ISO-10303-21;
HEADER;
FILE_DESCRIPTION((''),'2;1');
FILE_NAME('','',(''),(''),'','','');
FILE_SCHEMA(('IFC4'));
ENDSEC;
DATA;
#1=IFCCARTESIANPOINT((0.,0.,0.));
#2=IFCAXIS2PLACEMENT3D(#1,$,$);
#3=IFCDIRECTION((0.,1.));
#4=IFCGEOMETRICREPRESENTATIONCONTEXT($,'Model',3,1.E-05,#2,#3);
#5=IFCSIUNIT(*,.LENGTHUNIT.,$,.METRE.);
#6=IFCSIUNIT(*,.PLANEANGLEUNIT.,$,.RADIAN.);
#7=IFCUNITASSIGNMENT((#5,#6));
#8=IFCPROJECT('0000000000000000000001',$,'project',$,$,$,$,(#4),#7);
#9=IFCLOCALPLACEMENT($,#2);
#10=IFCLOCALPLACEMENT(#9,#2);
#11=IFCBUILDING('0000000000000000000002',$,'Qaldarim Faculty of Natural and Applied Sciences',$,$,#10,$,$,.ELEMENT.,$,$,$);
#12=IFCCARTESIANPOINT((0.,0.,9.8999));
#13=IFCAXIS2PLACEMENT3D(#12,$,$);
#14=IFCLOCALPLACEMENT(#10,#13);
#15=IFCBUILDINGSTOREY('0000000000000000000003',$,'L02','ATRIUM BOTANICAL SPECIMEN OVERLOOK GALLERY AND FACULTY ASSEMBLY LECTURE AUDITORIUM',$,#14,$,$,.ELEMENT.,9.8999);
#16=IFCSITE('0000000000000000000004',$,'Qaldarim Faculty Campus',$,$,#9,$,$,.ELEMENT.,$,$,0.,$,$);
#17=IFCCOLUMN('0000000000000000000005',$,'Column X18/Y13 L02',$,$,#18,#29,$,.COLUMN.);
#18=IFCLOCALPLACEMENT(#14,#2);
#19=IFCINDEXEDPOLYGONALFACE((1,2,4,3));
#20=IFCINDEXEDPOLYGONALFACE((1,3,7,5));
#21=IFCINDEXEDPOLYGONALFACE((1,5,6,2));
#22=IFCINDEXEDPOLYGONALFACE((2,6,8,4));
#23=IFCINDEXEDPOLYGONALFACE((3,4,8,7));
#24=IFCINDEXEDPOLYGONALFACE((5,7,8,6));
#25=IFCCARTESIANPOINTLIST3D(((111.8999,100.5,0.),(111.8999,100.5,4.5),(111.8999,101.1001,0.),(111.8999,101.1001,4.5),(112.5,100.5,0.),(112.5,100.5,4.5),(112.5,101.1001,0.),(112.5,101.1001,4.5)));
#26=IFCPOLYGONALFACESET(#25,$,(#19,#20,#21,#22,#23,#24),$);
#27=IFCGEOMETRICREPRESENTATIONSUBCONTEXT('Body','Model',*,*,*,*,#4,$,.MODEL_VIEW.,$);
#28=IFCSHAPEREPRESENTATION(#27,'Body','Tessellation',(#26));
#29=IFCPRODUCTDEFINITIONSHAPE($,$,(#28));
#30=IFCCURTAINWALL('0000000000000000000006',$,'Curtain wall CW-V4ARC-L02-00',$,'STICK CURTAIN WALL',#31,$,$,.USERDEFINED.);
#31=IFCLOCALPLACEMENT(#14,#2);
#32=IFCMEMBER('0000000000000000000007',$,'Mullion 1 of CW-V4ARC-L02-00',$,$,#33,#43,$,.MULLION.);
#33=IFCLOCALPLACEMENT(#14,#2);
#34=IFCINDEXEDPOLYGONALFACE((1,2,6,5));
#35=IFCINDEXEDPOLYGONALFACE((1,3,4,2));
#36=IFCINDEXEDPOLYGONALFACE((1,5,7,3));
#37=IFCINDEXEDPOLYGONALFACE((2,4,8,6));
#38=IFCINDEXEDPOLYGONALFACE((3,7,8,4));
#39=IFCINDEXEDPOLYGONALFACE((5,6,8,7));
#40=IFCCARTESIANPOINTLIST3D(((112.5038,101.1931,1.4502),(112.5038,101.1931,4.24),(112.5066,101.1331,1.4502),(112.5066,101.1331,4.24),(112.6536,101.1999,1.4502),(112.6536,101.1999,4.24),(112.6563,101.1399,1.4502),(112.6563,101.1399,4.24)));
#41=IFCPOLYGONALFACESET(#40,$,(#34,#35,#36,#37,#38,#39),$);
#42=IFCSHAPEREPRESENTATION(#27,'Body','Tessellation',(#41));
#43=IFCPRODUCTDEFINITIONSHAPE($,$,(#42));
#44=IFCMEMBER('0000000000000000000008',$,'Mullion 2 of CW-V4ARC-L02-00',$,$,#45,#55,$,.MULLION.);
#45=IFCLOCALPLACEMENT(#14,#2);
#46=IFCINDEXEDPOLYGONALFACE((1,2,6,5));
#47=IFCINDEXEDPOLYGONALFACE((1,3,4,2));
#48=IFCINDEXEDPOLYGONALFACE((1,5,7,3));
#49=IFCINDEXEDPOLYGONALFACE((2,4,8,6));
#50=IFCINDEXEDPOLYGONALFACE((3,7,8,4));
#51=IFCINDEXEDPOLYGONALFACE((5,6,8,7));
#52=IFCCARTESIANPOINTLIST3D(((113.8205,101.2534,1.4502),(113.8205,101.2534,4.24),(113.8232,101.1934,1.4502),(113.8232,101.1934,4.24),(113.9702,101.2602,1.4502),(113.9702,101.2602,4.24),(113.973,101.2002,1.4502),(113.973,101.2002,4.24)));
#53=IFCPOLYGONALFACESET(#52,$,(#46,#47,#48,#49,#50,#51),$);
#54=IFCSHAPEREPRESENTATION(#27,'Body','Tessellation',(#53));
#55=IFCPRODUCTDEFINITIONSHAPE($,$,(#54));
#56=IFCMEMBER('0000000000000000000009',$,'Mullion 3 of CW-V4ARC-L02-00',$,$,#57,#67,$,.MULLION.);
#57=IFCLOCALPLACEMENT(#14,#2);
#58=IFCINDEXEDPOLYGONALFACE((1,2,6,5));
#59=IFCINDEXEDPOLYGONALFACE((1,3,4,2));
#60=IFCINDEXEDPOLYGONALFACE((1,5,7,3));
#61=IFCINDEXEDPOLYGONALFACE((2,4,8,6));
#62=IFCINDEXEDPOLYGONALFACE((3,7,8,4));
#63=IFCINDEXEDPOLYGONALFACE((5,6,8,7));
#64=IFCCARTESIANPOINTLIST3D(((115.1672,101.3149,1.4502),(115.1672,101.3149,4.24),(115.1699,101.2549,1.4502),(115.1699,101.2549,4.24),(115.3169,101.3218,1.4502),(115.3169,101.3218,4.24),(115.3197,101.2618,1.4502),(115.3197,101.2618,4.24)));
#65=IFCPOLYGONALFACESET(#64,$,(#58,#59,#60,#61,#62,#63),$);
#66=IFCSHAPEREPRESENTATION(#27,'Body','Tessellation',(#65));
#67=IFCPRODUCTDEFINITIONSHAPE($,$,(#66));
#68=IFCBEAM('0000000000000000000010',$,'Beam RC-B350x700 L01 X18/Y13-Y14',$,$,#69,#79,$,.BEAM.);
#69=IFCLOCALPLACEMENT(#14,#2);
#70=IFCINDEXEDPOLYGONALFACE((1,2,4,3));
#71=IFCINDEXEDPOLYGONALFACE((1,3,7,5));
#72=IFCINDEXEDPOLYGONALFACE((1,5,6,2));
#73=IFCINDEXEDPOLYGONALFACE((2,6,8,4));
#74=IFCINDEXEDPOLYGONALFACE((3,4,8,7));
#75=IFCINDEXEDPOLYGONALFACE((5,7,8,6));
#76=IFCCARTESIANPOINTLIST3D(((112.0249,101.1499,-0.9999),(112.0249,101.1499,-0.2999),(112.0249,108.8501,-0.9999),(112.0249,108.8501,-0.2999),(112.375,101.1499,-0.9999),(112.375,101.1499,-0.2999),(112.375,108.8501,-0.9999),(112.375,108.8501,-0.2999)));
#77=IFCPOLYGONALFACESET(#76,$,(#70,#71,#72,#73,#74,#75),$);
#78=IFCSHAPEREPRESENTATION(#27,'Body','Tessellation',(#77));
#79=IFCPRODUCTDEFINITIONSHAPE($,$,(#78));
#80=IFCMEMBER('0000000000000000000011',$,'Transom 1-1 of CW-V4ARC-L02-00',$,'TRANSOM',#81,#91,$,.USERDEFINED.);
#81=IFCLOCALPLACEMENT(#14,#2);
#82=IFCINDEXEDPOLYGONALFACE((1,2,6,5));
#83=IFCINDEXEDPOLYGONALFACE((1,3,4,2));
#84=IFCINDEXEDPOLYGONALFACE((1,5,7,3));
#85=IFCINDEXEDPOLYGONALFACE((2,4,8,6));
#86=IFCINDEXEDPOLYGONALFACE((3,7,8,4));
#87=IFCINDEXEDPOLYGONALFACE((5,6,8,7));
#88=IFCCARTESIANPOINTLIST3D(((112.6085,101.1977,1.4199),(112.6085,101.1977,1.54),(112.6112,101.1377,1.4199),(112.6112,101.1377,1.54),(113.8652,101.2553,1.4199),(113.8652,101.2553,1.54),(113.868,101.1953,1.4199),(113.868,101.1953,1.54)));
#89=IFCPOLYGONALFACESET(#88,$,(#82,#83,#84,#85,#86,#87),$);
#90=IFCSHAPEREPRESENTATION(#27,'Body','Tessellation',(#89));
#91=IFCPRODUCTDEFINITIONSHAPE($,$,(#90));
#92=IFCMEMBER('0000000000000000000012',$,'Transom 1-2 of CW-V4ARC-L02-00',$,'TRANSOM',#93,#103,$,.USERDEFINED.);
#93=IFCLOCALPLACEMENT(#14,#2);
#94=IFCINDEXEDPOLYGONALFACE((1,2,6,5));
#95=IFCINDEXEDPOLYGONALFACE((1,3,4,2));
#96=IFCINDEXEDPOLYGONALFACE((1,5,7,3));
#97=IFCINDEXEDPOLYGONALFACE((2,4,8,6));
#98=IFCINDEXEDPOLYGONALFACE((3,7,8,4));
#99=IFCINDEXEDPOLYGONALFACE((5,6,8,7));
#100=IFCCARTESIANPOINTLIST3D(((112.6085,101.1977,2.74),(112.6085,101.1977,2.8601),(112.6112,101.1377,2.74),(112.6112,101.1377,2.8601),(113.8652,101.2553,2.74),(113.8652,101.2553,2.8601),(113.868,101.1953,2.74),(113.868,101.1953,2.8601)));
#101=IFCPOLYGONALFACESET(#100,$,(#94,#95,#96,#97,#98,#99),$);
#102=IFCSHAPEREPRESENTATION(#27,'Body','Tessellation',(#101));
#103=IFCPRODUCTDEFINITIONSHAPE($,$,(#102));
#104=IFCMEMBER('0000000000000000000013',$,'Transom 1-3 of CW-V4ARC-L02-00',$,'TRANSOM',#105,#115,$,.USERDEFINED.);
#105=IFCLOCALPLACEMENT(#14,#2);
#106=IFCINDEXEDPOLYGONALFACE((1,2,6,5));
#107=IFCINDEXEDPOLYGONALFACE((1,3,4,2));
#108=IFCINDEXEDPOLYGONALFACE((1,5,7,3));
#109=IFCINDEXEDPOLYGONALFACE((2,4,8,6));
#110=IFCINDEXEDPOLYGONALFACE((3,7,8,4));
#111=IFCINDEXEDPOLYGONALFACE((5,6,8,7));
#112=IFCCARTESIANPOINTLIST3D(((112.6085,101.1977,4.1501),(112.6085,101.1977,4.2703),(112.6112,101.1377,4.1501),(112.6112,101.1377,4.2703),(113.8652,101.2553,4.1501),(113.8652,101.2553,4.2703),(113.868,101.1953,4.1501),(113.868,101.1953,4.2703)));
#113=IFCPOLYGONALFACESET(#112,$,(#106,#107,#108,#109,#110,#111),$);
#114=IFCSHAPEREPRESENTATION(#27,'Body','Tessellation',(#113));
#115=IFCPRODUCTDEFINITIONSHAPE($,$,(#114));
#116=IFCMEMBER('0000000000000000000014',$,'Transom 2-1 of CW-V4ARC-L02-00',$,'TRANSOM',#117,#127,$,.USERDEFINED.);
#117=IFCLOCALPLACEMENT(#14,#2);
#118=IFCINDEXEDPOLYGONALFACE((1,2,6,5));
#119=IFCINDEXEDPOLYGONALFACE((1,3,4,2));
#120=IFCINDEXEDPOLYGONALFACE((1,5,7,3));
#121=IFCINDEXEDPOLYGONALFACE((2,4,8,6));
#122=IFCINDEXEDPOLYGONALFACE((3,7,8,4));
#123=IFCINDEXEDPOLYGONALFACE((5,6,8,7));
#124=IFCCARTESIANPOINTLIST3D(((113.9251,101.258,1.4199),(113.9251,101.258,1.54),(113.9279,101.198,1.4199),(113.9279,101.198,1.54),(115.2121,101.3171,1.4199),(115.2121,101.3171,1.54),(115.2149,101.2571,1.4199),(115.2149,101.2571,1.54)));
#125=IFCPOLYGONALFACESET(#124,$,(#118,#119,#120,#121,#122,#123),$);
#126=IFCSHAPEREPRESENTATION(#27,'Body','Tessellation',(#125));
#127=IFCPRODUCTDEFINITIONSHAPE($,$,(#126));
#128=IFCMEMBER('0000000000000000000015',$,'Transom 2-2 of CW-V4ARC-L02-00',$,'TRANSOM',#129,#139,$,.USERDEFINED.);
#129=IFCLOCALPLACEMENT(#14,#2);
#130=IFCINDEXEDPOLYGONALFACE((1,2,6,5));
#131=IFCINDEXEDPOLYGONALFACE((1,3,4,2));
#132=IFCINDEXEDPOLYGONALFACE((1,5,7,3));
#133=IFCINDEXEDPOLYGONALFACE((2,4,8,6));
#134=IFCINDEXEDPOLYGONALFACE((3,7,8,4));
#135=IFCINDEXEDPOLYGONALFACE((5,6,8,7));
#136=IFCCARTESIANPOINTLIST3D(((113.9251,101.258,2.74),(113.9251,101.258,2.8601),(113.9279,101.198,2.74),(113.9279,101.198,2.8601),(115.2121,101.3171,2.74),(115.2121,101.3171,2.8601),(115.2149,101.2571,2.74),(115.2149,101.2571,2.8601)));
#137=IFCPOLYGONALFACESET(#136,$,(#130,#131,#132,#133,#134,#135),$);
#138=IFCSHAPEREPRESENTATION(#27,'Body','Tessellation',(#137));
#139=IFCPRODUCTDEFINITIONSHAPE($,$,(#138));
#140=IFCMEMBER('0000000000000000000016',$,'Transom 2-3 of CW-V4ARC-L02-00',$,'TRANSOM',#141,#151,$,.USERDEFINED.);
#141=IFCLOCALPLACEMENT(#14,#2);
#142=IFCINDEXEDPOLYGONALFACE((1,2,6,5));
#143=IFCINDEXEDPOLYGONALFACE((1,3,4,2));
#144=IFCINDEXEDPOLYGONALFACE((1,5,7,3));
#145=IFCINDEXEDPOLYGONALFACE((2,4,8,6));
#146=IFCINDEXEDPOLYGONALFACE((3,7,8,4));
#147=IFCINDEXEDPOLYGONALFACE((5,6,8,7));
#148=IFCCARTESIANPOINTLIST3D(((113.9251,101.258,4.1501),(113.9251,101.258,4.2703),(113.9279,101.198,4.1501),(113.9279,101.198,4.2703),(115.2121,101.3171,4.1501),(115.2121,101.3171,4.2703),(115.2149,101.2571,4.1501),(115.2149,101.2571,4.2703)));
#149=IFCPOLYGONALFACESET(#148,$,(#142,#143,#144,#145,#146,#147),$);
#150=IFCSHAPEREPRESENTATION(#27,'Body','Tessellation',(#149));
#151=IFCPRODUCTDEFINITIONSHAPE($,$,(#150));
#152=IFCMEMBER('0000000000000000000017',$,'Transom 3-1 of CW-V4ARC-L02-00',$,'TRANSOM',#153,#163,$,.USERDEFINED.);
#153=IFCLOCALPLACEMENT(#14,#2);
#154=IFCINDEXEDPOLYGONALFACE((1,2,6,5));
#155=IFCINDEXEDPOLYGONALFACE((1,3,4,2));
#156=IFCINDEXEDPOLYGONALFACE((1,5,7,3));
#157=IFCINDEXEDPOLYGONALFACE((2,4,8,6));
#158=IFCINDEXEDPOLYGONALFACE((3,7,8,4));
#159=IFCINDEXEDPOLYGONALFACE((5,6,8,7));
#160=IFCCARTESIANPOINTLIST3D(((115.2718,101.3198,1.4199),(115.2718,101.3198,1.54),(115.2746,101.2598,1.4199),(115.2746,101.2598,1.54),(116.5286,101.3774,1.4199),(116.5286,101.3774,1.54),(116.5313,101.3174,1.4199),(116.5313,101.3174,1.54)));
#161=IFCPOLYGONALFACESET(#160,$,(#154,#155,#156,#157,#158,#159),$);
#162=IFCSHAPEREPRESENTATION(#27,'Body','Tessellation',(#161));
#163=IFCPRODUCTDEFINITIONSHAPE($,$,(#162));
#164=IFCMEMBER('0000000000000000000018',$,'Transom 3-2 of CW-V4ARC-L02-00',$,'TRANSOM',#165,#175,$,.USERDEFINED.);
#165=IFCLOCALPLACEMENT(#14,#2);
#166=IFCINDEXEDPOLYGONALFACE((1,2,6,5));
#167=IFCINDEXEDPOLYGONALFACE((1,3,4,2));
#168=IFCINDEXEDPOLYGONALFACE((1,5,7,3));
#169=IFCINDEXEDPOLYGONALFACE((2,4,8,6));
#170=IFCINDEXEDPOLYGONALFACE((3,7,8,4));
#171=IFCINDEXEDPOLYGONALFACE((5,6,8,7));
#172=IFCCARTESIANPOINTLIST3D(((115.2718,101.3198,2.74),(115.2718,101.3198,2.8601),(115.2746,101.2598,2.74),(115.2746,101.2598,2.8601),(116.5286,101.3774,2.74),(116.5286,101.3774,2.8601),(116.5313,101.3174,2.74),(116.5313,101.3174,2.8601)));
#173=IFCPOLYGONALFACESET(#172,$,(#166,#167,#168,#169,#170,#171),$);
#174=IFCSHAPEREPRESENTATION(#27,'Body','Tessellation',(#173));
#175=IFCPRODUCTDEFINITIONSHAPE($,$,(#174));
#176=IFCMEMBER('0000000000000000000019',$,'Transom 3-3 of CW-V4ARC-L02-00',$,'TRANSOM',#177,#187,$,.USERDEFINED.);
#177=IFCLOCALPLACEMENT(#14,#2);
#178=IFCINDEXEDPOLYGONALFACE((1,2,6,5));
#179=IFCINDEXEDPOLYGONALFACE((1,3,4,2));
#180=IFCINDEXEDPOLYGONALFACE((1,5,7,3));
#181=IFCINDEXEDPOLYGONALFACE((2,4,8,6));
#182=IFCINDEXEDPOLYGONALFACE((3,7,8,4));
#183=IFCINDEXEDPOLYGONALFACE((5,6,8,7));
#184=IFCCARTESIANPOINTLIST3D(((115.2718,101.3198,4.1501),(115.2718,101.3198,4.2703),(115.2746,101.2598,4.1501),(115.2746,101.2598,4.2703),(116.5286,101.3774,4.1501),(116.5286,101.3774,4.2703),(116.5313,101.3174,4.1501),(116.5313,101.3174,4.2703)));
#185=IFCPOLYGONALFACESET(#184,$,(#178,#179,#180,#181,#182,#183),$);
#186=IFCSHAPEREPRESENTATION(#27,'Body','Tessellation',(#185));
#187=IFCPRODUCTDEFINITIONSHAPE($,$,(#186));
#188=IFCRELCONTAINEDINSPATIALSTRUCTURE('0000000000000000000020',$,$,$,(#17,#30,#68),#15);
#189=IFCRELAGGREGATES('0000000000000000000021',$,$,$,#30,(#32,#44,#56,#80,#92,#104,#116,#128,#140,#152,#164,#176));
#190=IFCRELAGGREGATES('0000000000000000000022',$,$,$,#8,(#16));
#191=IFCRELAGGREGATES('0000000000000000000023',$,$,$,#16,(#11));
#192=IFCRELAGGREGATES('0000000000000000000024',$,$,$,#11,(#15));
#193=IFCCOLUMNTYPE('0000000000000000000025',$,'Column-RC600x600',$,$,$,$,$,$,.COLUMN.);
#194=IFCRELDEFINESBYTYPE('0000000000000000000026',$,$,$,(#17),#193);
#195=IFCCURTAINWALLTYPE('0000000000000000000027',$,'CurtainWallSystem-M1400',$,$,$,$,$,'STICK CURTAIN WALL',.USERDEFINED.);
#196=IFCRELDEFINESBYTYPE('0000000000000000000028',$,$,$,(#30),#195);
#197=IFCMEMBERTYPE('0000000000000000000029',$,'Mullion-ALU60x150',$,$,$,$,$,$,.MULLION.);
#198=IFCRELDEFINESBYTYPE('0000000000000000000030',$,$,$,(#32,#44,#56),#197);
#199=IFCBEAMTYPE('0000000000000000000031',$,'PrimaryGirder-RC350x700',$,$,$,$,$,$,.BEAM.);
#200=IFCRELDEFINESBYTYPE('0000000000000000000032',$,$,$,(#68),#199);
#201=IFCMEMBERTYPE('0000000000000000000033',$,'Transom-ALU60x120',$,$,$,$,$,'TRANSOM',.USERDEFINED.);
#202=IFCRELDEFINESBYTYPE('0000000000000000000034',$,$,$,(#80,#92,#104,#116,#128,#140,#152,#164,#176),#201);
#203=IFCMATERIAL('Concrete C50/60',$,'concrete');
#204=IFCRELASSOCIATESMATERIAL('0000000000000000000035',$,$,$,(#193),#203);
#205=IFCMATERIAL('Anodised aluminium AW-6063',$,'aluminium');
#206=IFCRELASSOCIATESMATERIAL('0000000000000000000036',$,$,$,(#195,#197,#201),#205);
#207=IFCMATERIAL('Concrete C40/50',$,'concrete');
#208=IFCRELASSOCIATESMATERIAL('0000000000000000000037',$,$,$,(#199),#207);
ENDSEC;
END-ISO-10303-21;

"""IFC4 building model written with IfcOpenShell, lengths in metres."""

from ifc_helpers import new_model, si_unit, direction, frame, origin, origin_2d, place, context, subcontext, project, spatial, rectangle, extrude, material, material_profile, profile_set, type_object, element, aggregate, save


model = new_model("IFC4")

# Units and contexts
model_context = context("Model", 3, precision=1e-05, world=origin(), true_north=direction((0.0, 1.0)))
body_context = subcontext(model_context, "Body", "Model", "MODEL_VIEW")
ifc_project = project(units=[si_unit("LENGTHUNIT", "METRE"), si_unit("PLANEANGLEUNIT", "RADIAN")], contexts=[model_context])

# Site, building, storey
site_placement = place(None, origin())
site = spatial("IfcSite", under=ifc_project, at=site_placement, Name="Qaldarim Faculty Campus", CompositionType="ELEMENT", RefElevation=0.0)
building_placement = place(site_placement, origin())
building = spatial("IfcBuilding", under=site, at=building_placement, Name="Qaldarim Faculty of Natural and Applied Sciences", CompositionType="ELEMENT")
storey_placement = place(building_placement, frame((0.0, 0.0, 9.8999)))
storey = spatial("IfcBuildingStorey", under=building, at=storey_placement, Name="L02", Description="ATRIUM BOTANICAL SPECIMEN OVERLOOK GALLERY AND FACULTY ASSEMBLY LECTURE AUDITORIUM", CompositionType="ELEMENT", Elevation=9.8999)

# Column
ifc_material_1 = material(Name="Concrete C50/60", Category="concrete")
ifc_material_profile_1 = material_profile(ifc_material_1, rectangle(XDim=0.6001, YDim=0.6001, at=origin_2d()), Name="RC-C600x600")
ifc_profile_set_1 = profile_set([ifc_material_profile_1], Name="Concrete C50/60")
column_type = type_object("IfcColumnType", Name="Column-RC600x600", PredefinedType="COLUMN", material=ifc_profile_set_1)
column_placement = place(storey_placement, frame((112.2, 100.8, 0.0), z_axis=(0.0, 0.0, 1.0), x_axis=(1.0, 0.0, 0.0)))
element("IfcColumn", 1, at=column_placement, inside=storey, type_object=column_type, Name="Column X18/Y13 L02", PredefinedType="COLUMN", context=body_context, shape_type="SweptSolid", body=[
    extrude(rectangle(XDim=0.6001, YDim=0.6001, at=origin_2d()), origin(), (0.0, 0.0, 1.0), 4.5),
])

# Curtain wall, members
ifc_material_2 = material(Name="Anodised aluminium AW-6063", Category="aluminium")
curtain_wall_type = type_object("IfcCurtainWallType", Name="CurtainWallSystem-M1400", ElementType="STICK CURTAIN WALL", PredefinedType="USERDEFINED", material=ifc_material_2)
curtain_wall_placement = place(storey_placement, origin())
curtain_wall = element("IfcCurtainWall", 2, at=curtain_wall_placement, inside=storey, type_object=curtain_wall_type, Name="Curtain wall CW-V4ARC-L02-00", ObjectType="STICK CURTAIN WALL", PredefinedType="USERDEFINED")
ifc_material_profile_2 = material_profile(ifc_material_2, rectangle(XDim=0.0601, YDim=0.1499, at=origin_2d()), Name="ALU-M60x150")
ifc_profile_set_2 = profile_set([ifc_material_profile_2], Name="Anodised aluminium AW-6063")
member_type_1 = type_object("IfcMemberType", Name="Mullion-ALU60x150", PredefinedType="MULLION", material=ifc_profile_set_2)
member_1_placement = place(storey_placement, frame((112.5801, 101.1665, 1.4502), z_axis=(0.0, 0.0, 1.0), x_axis=(-0.045747, 0.998953, 0.0)))
member_1 = element("IfcMember", 3, at=member_1_placement, type_object=member_type_1, Name="Mullion 1 of CW-V4ARC-L02-00", PredefinedType="MULLION", context=body_context, shape_type="SweptSolid", body=[
    extrude(rectangle(XDim=0.0601, YDim=0.1499, at=origin_2d()), origin(), (0.0, 0.0, 1.0), 2.7898),
])
member_2_placement = place(storey_placement, frame((113.8967, 101.2268, 1.4502), z_axis=(0.0, 0.0, 1.0), x_axis=(-0.045747, 0.998953, 0.0)))
member_2 = element("IfcMember", 4, at=member_2_placement, type_object=member_type_1, Name="Mullion 2 of CW-V4ARC-L02-00", PredefinedType="MULLION", context=body_context, shape_type="SweptSolid", body=[
    extrude(rectangle(XDim=0.0601, YDim=0.1499, at=origin_2d()), origin(), (0.0, 0.0, 1.0), 2.7898),
])
member_3_placement = place(storey_placement, frame((115.2434, 101.2883, 1.4502), z_axis=(0.0, 0.0, 1.0), x_axis=(-0.045747, 0.998953, 0.0)))
member_3 = element("IfcMember", 5, at=member_3_placement, type_object=member_type_1, Name="Mullion 3 of CW-V4ARC-L02-00", PredefinedType="MULLION", context=body_context, shape_type="SweptSolid", body=[
    extrude(rectangle(XDim=0.0601, YDim=0.1499, at=origin_2d()), origin(), (0.0, 0.0, 1.0), 2.7898),
])

# Beam
ifc_material_3 = material(Name="Concrete C40/50", Category="concrete")
ifc_material_profile_3 = material_profile(ifc_material_3, rectangle(XDim=0.3501, YDim=0.7, at=origin_2d()), Name="RC-B350x700")
ifc_profile_set_3 = profile_set([ifc_material_profile_3], Name="Concrete C40/50")
beam_type = type_object("IfcBeamType", Name="PrimaryGirder-RC350x700", PredefinedType="BEAM", material=ifc_profile_set_3)
beam_placement = place(storey_placement, frame((112.2, 101.1499, -0.6499), z_axis=(0.0, 1.0, 0.0), x_axis=(-1.0, 0.0, 0.0)))
element("IfcBeam", 6, at=beam_placement, inside=storey, type_object=beam_type, Name="Beam RC-B350x700 L01 X18/Y13-Y14", PredefinedType="BEAM", context=body_context, shape_type="SweptSolid", body=[
    extrude(rectangle(XDim=0.3501, YDim=0.7, at=origin_2d()), origin(), (0.0, 0.0, 1.0), 7.7002),
])

# Members
ifc_material_profile_4 = material_profile(ifc_material_2, rectangle(XDim=0.0601, YDim=0.1201, at=origin_2d()), Name="ALU-T60x120")
ifc_profile_set_4 = profile_set([ifc_material_profile_4], Name="Anodised aluminium AW-6063")
member_type_2 = type_object("IfcMemberType", Name="Transom-ALU60x120", ElementType="TRANSOM", PredefinedType="USERDEFINED", material=ifc_profile_set_4)
member_4_placement = place(storey_placement, frame((112.6099, 101.1677, 1.48), z_axis=(0.998951, 0.045795, 0.0), x_axis=(-0.045795, 0.998951, 0.0)))
member_4 = element("IfcMember", 7, at=member_4_placement, type_object=member_type_2, Name="Transom 1-1 of CW-V4ARC-L02-00", ObjectType="TRANSOM", PredefinedType="USERDEFINED", context=body_context, shape_type="SweptSolid", body=[
    extrude(rectangle(XDim=0.0601, YDim=0.1201, at=origin_2d()), origin(), (0.0, 0.0, 1.0), 1.2581),
])
member_5_placement = place(storey_placement, frame((112.6099, 101.1677, 2.8), z_axis=(0.998951, 0.045795, 0.0), x_axis=(-0.045795, 0.998951, 0.0)))
member_5 = element("IfcMember", 8, at=member_5_placement, type_object=member_type_2, Name="Transom 1-2 of CW-V4ARC-L02-00", ObjectType="TRANSOM", PredefinedType="USERDEFINED", context=body_context, shape_type="SweptSolid", body=[
    extrude(rectangle(XDim=0.0601, YDim=0.1201, at=origin_2d()), origin(), (0.0, 0.0, 1.0), 1.2581),
])
member_6_placement = place(storey_placement, frame((112.6099, 101.1677, 4.2102), z_axis=(0.998951, 0.045795, 0.0), x_axis=(-0.045795, 0.998951, 0.0)))
member_6 = element("IfcMember", 9, at=member_6_placement, type_object=member_type_2, Name="Transom 1-3 of CW-V4ARC-L02-00", ObjectType="TRANSOM", PredefinedType="USERDEFINED", context=body_context, shape_type="SweptSolid", body=[
    extrude(rectangle(XDim=0.0601, YDim=0.1201, at=origin_2d()), origin(), (0.0, 0.0, 1.0), 1.2581),
])
member_7_placement = place(storey_placement, frame((113.9265, 101.228, 1.48), z_axis=(0.998948, 0.045863, 0.0), x_axis=(-0.045863, 0.998948, 0.0)))
member_7 = element("IfcMember", 10, at=member_7_placement, type_object=member_type_2, Name="Transom 2-1 of CW-V4ARC-L02-00", ObjectType="TRANSOM", PredefinedType="USERDEFINED", context=body_context, shape_type="SweptSolid", body=[
    extrude(rectangle(XDim=0.0601, YDim=0.1201, at=origin_2d()), origin(), (0.0, 0.0, 1.0), 1.2883),
])
member_8_placement = place(storey_placement, frame((113.9265, 101.228, 2.8), z_axis=(0.998948, 0.045863, 0.0), x_axis=(-0.045863, 0.998948, 0.0)))
member_8 = element("IfcMember", 11, at=member_8_placement, type_object=member_type_2, Name="Transom 2-2 of CW-V4ARC-L02-00", ObjectType="TRANSOM", PredefinedType="USERDEFINED", context=body_context, shape_type="SweptSolid", body=[
    extrude(rectangle(XDim=0.0601, YDim=0.1201, at=origin_2d()), origin(), (0.0, 0.0, 1.0), 1.2883),
])
member_9_placement = place(storey_placement, frame((113.9265, 101.228, 4.2102), z_axis=(0.998948, 0.045863, 0.0), x_axis=(-0.045863, 0.998948, 0.0)))
member_9 = element("IfcMember", 12, at=member_9_placement, type_object=member_type_2, Name="Transom 2-3 of CW-V4ARC-L02-00", ObjectType="TRANSOM", PredefinedType="USERDEFINED", context=body_context, shape_type="SweptSolid", body=[
    extrude(rectangle(XDim=0.0601, YDim=0.1201, at=origin_2d()), origin(), (0.0, 0.0, 1.0), 1.2883),
])
member_10_placement = place(storey_placement, frame((115.2732, 101.2898, 1.48), z_axis=(0.998951, 0.045795, 0.0), x_axis=(-0.045795, 0.998951, 0.0)))
member_10 = element("IfcMember", 13, at=member_10_placement, type_object=member_type_2, Name="Transom 3-1 of CW-V4ARC-L02-00", ObjectType="TRANSOM", PredefinedType="USERDEFINED", context=body_context, shape_type="SweptSolid", body=[
    extrude(rectangle(XDim=0.0601, YDim=0.1201, at=origin_2d()), origin(), (0.0, 0.0, 1.0), 1.2581),
])
member_11_placement = place(storey_placement, frame((115.2732, 101.2898, 2.8), z_axis=(0.998951, 0.045795, 0.0), x_axis=(-0.045795, 0.998951, 0.0)))
member_11 = element("IfcMember", 14, at=member_11_placement, type_object=member_type_2, Name="Transom 3-2 of CW-V4ARC-L02-00", ObjectType="TRANSOM", PredefinedType="USERDEFINED", context=body_context, shape_type="SweptSolid", body=[
    extrude(rectangle(XDim=0.0601, YDim=0.1201, at=origin_2d()), origin(), (0.0, 0.0, 1.0), 1.2581),
])
member_12_placement = place(storey_placement, frame((115.2732, 101.2898, 4.2102), z_axis=(0.998951, 0.045795, 0.0), x_axis=(-0.045795, 0.998951, 0.0)))
member_12 = element("IfcMember", 15, at=member_12_placement, type_object=member_type_2, Name="Transom 3-3 of CW-V4ARC-L02-00", ObjectType="TRANSOM", PredefinedType="USERDEFINED", context=body_context, shape_type="SweptSolid", body=[
    extrude(rectangle(XDim=0.0601, YDim=0.1201, at=origin_2d()), origin(), (0.0, 0.0, 1.0), 1.2581),
])

aggregate(curtain_wall, [member_1, member_2, member_3, member_4, member_5, member_6, member_7, member_8, member_9, member_10, member_11, member_12])

save(model, "model.ifc")
